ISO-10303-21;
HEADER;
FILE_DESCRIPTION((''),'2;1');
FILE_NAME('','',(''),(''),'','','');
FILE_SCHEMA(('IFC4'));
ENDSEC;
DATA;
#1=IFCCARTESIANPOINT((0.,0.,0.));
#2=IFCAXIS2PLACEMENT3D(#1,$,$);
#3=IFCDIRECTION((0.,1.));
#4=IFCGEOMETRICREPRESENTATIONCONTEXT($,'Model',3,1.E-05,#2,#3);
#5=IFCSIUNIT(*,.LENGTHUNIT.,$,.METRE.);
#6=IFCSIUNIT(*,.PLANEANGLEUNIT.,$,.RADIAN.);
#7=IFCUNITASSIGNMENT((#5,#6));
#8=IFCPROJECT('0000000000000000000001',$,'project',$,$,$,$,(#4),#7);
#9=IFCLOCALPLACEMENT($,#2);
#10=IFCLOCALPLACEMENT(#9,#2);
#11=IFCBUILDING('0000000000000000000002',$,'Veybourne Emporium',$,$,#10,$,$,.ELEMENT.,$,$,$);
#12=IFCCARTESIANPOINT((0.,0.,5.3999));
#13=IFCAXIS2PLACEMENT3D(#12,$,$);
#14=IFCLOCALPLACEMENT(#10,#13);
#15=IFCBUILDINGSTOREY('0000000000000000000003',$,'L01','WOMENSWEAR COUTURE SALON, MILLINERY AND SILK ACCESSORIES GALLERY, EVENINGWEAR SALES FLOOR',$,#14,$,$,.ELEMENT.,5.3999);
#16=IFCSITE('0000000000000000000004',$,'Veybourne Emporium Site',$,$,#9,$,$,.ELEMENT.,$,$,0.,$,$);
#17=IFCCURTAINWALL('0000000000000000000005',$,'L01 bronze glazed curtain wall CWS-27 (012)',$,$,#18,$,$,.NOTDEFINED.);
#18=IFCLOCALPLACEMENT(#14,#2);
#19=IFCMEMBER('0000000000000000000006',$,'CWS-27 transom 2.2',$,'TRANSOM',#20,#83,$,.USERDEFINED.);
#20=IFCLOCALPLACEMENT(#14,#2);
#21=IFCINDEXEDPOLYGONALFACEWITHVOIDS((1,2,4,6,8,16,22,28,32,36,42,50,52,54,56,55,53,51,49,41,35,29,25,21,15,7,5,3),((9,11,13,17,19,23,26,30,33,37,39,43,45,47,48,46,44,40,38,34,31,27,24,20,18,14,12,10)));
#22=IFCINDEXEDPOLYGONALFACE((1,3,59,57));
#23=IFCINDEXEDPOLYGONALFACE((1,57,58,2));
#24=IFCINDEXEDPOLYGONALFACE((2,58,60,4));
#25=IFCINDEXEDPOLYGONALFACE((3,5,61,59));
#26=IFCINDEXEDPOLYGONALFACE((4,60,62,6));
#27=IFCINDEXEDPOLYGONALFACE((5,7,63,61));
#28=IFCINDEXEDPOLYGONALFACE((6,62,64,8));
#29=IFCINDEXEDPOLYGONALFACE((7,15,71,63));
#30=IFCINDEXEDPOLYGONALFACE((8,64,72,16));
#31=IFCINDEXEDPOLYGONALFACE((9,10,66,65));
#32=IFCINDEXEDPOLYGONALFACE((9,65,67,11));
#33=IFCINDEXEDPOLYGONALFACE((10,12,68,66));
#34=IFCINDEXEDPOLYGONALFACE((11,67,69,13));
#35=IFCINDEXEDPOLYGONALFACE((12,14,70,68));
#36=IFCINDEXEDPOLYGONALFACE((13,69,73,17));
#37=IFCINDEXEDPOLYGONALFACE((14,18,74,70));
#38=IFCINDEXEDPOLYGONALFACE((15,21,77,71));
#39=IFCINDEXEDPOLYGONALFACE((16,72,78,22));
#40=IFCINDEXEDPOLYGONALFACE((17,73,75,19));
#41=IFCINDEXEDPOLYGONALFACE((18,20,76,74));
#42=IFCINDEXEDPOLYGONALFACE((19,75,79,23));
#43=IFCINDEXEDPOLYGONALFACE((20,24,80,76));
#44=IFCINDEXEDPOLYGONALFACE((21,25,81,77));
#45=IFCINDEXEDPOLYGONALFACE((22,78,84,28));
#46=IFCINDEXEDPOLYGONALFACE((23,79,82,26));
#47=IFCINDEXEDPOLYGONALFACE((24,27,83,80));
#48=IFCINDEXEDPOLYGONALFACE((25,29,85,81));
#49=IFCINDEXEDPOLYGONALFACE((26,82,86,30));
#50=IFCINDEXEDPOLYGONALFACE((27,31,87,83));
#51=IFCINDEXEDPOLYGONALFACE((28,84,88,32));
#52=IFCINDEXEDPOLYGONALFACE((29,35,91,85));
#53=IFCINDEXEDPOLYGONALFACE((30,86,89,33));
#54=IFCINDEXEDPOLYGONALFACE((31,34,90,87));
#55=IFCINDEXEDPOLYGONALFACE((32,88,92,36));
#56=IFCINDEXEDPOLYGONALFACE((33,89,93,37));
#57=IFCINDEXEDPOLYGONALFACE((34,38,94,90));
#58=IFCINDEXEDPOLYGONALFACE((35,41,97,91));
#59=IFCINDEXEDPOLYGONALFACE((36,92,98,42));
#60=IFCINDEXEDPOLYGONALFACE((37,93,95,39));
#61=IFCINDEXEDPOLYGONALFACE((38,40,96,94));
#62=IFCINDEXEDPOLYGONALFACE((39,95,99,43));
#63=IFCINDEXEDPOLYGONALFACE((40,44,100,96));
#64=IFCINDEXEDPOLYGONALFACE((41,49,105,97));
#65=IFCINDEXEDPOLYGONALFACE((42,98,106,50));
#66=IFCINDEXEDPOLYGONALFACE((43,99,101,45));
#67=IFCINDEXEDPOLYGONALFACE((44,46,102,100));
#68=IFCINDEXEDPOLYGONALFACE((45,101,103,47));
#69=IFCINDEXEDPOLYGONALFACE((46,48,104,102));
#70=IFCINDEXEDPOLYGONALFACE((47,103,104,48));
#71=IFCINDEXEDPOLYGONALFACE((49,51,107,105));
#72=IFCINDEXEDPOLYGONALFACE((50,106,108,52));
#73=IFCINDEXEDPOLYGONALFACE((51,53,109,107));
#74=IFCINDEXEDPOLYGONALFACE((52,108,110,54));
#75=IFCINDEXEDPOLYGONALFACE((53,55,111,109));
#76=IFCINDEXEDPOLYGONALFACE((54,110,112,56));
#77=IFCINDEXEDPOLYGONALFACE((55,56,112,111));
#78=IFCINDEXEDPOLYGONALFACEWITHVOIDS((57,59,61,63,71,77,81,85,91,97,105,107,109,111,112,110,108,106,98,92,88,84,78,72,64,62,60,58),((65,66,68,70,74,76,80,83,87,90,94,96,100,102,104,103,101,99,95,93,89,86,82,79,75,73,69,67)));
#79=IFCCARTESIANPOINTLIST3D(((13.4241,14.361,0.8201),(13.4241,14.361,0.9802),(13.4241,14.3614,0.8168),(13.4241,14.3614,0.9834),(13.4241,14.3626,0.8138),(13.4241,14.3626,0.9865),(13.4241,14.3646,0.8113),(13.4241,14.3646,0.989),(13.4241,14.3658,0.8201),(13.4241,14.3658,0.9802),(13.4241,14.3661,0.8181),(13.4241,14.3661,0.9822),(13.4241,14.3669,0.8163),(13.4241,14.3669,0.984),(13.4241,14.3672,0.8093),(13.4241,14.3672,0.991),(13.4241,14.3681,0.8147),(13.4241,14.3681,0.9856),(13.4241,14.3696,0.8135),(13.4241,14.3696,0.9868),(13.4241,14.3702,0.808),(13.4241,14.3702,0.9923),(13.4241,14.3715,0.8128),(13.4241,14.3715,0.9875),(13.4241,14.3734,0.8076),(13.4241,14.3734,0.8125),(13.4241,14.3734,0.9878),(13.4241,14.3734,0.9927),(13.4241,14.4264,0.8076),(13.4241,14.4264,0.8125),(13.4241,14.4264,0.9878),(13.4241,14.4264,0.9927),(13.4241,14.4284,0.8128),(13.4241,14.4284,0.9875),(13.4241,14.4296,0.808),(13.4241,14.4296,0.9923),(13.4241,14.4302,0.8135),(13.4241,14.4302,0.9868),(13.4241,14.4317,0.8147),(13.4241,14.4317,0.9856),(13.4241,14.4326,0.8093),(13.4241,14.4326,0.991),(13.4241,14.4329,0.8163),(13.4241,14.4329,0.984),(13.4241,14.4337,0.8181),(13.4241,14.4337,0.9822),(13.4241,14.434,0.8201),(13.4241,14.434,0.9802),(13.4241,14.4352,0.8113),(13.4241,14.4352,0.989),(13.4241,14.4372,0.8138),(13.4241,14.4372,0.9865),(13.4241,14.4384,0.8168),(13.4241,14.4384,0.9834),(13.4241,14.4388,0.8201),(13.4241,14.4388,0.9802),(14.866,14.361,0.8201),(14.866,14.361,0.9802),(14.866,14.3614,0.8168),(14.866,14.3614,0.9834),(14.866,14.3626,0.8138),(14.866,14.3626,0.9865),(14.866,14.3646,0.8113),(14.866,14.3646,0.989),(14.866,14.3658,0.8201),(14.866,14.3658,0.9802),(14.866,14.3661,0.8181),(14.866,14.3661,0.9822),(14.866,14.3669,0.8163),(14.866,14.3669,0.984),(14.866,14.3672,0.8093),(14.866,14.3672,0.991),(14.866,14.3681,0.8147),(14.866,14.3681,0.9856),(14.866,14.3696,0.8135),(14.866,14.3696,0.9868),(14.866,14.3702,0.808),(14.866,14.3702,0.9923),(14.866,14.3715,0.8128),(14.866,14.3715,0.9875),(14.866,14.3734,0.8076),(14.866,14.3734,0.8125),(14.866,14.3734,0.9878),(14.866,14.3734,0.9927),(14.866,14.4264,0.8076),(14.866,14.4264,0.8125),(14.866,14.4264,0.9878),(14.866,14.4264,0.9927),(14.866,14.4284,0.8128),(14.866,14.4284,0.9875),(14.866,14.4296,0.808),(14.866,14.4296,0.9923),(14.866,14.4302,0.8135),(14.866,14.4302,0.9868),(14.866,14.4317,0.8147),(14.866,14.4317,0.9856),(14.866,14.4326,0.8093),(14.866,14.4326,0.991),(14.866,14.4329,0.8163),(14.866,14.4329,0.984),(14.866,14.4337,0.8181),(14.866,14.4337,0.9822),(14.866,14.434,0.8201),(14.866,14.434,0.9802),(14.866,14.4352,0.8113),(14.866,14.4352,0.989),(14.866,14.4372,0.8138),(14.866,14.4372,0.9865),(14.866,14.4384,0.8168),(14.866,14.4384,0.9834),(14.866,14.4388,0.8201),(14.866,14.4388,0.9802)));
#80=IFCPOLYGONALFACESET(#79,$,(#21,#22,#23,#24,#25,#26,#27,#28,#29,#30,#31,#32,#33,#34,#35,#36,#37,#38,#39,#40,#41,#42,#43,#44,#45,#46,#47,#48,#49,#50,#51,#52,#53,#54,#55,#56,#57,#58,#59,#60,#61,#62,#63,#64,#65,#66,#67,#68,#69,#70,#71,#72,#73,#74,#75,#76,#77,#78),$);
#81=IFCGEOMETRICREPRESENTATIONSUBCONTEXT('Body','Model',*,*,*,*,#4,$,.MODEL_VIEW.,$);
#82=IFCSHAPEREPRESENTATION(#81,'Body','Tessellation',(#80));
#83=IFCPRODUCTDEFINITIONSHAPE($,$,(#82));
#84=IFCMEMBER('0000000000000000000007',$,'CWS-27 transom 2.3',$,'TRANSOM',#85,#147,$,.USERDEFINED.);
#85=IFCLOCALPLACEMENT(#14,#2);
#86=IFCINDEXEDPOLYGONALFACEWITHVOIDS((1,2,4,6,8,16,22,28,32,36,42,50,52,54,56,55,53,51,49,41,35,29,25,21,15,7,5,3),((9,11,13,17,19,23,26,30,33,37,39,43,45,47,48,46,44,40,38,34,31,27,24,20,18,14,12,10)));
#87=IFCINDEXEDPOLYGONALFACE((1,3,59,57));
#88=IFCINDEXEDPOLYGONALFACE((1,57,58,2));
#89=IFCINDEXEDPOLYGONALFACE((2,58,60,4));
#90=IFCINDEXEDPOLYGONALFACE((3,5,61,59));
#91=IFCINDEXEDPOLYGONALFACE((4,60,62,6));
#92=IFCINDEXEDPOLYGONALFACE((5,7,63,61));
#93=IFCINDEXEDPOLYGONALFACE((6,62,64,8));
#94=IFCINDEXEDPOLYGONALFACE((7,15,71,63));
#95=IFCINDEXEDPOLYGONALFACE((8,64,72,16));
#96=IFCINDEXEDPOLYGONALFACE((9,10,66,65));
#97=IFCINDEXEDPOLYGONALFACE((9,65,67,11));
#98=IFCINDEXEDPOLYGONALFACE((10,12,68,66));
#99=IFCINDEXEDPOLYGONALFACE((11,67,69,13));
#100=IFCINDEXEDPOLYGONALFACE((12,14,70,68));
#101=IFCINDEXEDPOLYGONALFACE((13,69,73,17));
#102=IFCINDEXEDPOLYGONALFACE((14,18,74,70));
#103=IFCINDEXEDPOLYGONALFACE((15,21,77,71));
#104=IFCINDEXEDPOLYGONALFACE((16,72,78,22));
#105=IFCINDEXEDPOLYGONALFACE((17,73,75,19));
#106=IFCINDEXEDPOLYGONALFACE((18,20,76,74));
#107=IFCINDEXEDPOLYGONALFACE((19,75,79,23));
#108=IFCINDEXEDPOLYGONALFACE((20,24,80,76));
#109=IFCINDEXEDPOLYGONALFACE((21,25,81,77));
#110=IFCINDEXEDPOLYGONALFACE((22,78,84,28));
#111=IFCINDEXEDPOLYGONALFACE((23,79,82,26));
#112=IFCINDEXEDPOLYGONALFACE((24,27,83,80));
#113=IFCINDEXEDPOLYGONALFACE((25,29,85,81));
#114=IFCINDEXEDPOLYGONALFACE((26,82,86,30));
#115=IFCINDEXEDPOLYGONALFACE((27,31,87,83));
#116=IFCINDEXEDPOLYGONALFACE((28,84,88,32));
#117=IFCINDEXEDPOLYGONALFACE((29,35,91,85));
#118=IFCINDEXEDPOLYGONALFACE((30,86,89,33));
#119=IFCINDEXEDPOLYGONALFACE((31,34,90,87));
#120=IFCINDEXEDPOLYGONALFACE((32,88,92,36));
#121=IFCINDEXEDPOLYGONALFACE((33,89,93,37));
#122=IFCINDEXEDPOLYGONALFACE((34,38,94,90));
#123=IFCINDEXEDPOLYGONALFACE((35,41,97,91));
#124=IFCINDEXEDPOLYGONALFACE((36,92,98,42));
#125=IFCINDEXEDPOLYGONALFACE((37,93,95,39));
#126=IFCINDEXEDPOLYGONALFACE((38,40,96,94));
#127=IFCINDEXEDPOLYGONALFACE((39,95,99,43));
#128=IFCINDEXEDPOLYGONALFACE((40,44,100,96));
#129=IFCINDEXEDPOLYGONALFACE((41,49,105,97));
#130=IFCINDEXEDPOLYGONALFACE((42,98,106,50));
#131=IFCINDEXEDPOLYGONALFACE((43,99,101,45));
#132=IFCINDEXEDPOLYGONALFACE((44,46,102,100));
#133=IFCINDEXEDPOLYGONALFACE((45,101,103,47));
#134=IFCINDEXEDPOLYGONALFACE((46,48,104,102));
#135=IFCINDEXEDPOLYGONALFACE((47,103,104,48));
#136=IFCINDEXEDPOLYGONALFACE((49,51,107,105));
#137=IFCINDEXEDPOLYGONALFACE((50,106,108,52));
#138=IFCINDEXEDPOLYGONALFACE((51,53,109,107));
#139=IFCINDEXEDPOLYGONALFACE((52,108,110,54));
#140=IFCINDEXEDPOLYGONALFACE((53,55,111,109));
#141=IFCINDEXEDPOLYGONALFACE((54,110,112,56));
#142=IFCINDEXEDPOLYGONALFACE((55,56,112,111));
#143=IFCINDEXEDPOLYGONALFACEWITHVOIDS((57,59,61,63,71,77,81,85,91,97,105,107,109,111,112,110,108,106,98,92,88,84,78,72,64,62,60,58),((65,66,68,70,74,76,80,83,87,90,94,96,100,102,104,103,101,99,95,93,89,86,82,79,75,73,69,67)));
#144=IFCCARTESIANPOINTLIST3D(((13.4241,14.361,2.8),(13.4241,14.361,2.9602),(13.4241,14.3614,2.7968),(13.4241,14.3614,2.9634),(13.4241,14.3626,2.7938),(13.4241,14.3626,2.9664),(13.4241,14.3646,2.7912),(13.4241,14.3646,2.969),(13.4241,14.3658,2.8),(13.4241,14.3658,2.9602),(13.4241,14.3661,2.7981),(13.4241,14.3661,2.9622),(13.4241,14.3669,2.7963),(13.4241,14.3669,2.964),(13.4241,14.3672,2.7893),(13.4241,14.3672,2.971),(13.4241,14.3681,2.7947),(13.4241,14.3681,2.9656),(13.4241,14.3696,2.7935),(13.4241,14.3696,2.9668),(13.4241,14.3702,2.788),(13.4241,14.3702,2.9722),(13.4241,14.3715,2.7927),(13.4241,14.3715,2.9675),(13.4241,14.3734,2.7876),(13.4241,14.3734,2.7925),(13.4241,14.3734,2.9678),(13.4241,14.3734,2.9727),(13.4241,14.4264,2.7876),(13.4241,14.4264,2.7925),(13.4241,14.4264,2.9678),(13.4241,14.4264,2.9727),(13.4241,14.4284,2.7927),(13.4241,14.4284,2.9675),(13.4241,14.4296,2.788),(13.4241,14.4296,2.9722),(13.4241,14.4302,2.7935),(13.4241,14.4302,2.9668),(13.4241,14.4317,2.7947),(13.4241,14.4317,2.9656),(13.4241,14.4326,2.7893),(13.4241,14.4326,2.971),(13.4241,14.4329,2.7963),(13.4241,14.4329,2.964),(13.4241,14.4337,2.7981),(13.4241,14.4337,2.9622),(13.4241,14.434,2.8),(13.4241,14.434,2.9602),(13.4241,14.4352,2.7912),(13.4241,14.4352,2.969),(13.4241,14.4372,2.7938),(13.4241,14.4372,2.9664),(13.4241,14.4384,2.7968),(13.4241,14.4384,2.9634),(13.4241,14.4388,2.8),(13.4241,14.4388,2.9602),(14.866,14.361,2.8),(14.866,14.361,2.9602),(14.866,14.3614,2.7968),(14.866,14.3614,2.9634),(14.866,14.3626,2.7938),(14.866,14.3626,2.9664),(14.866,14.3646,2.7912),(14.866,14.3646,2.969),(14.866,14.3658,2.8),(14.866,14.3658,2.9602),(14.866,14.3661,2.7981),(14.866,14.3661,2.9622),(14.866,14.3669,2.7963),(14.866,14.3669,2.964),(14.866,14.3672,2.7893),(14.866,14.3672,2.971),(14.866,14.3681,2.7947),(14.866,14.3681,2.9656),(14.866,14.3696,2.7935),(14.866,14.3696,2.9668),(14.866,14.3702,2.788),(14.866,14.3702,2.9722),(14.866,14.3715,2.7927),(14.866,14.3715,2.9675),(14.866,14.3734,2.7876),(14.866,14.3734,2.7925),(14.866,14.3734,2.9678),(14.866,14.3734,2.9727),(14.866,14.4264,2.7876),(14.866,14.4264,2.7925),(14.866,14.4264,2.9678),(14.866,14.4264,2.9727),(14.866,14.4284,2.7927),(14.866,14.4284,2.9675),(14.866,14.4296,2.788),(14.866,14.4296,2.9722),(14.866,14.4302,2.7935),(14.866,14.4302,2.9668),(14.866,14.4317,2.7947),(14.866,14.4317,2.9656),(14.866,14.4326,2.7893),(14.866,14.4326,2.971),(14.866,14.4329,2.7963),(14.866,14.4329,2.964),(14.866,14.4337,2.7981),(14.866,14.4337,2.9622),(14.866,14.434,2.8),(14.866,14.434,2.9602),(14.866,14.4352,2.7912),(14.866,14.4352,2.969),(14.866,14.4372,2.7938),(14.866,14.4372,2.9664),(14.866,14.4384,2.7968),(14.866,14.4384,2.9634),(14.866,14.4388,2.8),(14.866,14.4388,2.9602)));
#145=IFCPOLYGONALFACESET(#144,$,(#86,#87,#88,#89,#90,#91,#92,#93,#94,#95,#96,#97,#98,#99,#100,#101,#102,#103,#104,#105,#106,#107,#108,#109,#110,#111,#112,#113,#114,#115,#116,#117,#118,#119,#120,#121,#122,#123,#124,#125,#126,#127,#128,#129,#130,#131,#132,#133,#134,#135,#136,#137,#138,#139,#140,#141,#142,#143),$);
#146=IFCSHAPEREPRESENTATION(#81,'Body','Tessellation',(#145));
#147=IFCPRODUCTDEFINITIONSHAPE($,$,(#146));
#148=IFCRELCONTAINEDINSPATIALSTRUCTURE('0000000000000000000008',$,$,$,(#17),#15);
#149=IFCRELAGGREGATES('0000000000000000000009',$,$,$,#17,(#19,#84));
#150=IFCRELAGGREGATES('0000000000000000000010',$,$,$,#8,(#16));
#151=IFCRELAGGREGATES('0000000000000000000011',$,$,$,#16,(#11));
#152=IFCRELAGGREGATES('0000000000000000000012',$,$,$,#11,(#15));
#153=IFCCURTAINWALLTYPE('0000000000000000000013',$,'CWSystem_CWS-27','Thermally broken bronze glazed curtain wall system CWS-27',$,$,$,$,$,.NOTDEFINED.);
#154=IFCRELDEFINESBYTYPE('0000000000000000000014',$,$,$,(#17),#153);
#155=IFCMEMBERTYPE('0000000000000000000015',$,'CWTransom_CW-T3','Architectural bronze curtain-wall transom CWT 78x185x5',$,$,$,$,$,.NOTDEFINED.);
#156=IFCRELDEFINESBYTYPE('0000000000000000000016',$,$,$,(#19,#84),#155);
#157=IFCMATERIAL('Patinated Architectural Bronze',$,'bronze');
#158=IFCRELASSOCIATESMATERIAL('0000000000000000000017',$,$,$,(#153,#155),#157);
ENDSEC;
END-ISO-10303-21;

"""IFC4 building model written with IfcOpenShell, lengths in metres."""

from ifc_helpers import new_model, si_unit, direction, frame, origin, origin_2d, place, context, subcontext, project, spatial, hollow_rectangle, extrude, material, material_profile, profile_set, type_object, element, aggregate, save


model = new_model("IFC4")

# Units and contexts
model_context = context("Model", 3, precision=1e-05, world=origin(), true_north=direction((0.0, 1.0)))
body_context = subcontext(model_context, "Body", "Model", "MODEL_VIEW")
ifc_project = project(units=[si_unit("LENGTHUNIT", "METRE"), si_unit("PLANEANGLEUNIT", "RADIAN")], contexts=[model_context])

# Site, building, storey
site_placement = place(None, origin())
site = spatial("IfcSite", under=ifc_project, at=site_placement, Name="Veybourne Emporium Site", CompositionType="ELEMENT", RefElevation=0.0)
building_placement = place(site_placement, origin())
building = spatial("IfcBuilding", under=site, at=building_placement, Name="Veybourne Emporium", CompositionType="ELEMENT")
storey_placement = place(building_placement, frame((0.0, 0.0, 5.3999)))
storey = spatial("IfcBuildingStorey", under=building, at=storey_placement, Name="L01", Description="WOMENSWEAR COUTURE SALON, MILLINERY AND SILK ACCESSORIES GALLERY, EVENINGWEAR SALES FLOOR", CompositionType="ELEMENT", Elevation=5.3999)

# Curtain wall, members
ifc_material_1 = material(Name="Patinated Architectural Bronze", Category="bronze")
curtain_wall_type = type_object("IfcCurtainWallType", Name="CWSystem_CWS-27", Description="Thermally broken bronze glazed curtain wall system CWS-27", PredefinedType="NOTDEFINED", material=ifc_material_1)
curtain_wall_placement = place(storey_placement, origin())
curtain_wall = element("IfcCurtainWall", 1, at=curtain_wall_placement, inside=storey, type_object=curtain_wall_type, Name="L01 bronze glazed curtain wall CWS-27 (012)", PredefinedType="NOTDEFINED")
ifc_material_profile_1 = material_profile(ifc_material_1, hollow_rectangle(XDim=0.0779, YDim=0.1851, WallThickness=0.0049, InnerFilletRadius=0.0076, OuterFilletRadius=0.0125, at=origin_2d()), Name="CWT 78x185x5")
ifc_profile_set_1 = profile_set([ifc_material_profile_1], Name="Patinated Architectural Bronze")
member_type_1 = type_object("IfcMemberType", Name="CWTransom_CW-T3", Description="Architectural bronze curtain-wall transom CWT 78x185x5", PredefinedType="NOTDEFINED", material=ifc_profile_set_1)
member_1_placement = place(storey_placement, frame((14.866, 14.3999, 0.9001), z_axis=(-1.0, 0.0, 0.0), x_axis=(0.0, -1.0, 0.0)))
member_1 = element("IfcMember", 2, at=member_1_placement, type_object=member_type_1, Name="CWS-27 transom 2.2", ObjectType="TRANSOM", PredefinedType="USERDEFINED", context=body_context, shape_type="SweptSolid", body=[
    extrude(hollow_rectangle(XDim=0.0779, YDim=0.1851, WallThickness=0.0049, InnerFilletRadius=0.0076, OuterFilletRadius=0.0125, at=origin_2d()), origin(), (0.0, 0.0, 1.0), 1.4419),
])
member_2_placement = place(storey_placement, frame((14.866, 14.3999, 2.8801), z_axis=(-1.0, 0.0, 0.0), x_axis=(0.0, -1.0, 0.0)))
member_2 = element("IfcMember", 3, at=member_2_placement, type_object=member_type_1, Name="CWS-27 transom 2.3", ObjectType="TRANSOM", PredefinedType="USERDEFINED", context=body_context, shape_type="SweptSolid", body=[
    extrude(hollow_rectangle(XDim=0.0779, YDim=0.1851, WallThickness=0.0049, InnerFilletRadius=0.0076, OuterFilletRadius=0.0125, at=origin_2d()), origin(), (0.0, 0.0, 1.0), 1.4419),
])
aggregate(curtain_wall, [member_1, member_2])

save(model, "model.ifc")
